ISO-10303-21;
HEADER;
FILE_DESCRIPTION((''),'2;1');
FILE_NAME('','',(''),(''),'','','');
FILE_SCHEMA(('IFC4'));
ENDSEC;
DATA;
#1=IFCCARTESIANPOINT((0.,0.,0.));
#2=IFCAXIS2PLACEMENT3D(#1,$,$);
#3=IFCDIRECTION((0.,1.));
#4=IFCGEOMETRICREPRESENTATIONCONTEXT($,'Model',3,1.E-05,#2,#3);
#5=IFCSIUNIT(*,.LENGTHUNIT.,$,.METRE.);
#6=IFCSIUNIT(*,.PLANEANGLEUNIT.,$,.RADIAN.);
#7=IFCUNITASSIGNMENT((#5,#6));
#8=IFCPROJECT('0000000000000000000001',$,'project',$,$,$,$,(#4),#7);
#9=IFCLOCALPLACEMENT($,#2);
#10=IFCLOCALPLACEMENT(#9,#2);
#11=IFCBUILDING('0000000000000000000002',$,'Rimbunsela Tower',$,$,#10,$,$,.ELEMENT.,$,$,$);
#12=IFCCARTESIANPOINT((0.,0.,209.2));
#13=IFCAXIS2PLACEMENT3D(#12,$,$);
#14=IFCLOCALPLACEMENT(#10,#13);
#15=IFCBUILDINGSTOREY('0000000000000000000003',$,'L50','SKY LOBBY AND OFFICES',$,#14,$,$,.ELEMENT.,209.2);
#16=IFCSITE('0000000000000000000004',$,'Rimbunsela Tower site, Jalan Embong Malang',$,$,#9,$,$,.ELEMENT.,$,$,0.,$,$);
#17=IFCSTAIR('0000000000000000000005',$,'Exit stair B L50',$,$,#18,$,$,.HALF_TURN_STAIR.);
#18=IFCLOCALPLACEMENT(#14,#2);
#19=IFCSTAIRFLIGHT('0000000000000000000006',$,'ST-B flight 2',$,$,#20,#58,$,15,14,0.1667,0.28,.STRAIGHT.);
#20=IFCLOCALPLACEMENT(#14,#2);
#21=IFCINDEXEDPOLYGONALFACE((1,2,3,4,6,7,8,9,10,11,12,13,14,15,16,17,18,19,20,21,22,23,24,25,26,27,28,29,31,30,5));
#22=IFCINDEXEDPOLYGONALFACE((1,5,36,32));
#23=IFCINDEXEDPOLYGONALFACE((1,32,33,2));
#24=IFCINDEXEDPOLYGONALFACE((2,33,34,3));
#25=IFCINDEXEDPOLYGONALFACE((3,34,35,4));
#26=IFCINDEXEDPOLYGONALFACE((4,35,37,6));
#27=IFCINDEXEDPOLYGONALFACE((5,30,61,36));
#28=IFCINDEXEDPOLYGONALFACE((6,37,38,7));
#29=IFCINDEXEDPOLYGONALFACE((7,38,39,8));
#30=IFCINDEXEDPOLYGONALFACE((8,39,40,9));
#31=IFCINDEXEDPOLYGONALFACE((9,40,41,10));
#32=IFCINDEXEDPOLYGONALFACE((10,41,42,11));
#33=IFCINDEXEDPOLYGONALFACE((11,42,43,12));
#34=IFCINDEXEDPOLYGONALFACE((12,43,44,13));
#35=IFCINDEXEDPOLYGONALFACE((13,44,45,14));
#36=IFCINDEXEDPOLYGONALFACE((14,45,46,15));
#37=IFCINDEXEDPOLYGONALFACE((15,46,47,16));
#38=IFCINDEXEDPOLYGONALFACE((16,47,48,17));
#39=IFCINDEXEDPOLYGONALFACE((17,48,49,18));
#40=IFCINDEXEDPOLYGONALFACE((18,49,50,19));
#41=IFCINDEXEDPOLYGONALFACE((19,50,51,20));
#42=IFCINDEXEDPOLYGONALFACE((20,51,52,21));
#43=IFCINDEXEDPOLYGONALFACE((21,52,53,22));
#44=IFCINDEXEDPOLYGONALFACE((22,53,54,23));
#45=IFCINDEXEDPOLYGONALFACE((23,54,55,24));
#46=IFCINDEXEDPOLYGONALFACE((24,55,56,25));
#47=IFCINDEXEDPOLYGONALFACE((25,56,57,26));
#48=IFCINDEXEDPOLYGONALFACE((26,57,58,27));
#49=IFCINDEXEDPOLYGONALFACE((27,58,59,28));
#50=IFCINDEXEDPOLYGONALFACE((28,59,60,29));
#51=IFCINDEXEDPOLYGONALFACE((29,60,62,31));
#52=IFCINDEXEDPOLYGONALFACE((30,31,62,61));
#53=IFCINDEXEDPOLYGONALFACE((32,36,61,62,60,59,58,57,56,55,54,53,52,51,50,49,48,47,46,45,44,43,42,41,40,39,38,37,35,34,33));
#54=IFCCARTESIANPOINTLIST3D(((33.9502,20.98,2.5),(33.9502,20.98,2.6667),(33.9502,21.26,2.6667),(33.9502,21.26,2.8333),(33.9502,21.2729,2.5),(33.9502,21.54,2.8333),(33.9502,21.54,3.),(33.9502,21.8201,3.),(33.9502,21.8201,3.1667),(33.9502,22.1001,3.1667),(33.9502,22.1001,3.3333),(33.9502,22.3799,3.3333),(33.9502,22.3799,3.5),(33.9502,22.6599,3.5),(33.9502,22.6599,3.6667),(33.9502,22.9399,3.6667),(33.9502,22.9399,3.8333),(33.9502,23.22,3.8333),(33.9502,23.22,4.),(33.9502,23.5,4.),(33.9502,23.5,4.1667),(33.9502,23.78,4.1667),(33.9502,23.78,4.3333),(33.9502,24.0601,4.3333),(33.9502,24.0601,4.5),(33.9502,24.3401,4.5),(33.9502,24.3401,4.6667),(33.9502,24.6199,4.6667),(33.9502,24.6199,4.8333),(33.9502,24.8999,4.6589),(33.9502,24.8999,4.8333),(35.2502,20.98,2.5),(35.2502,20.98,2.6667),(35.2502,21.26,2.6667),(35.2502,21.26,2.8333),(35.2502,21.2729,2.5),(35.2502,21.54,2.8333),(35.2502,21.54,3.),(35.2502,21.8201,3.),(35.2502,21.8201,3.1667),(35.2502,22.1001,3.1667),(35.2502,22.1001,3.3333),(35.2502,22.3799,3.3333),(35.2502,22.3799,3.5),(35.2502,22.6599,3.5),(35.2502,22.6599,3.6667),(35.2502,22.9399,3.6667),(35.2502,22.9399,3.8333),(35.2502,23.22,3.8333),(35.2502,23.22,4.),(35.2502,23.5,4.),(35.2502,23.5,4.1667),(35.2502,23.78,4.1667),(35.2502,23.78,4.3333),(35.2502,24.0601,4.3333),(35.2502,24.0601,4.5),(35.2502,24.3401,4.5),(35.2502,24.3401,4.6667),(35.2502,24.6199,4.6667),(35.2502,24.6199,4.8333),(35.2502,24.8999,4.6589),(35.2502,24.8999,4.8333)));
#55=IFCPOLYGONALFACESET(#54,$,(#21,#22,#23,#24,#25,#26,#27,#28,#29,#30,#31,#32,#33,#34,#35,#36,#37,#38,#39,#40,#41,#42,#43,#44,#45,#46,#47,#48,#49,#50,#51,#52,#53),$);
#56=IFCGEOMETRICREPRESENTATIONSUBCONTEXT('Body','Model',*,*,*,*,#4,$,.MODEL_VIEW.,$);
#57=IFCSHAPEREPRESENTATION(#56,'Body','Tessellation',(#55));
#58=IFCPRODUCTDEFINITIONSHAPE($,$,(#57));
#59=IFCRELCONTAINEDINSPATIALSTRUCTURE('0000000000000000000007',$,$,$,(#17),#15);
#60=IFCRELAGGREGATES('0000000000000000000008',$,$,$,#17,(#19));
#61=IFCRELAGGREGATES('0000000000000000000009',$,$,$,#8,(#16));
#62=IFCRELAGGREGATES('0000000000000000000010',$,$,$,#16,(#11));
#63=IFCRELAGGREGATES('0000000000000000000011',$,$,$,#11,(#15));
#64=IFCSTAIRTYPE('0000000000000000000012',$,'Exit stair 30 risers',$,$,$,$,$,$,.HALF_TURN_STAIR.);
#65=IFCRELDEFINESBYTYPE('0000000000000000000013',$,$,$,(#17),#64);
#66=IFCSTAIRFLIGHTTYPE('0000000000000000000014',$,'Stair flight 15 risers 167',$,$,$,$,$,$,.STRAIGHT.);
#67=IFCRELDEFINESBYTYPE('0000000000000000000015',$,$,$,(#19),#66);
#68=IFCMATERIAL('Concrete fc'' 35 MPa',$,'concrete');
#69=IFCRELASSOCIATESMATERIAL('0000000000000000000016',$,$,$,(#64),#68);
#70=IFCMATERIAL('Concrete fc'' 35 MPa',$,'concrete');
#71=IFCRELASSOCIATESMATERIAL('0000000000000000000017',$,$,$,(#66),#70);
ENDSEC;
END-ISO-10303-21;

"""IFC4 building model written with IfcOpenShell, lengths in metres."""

from ifc_helpers import new_model, si_unit, direction, frame, origin, place, context, subcontext, project, spatial, polyline, outline, extrude, material, type_object, element, aggregate, save


model = new_model("IFC4")

# Units and contexts
model_context = context("Model", 3, precision=1e-05, world=origin(), true_north=direction((0.0, 1.0)))
body_context = subcontext(model_context, "Body", "Model", "MODEL_VIEW")
ifc_project = project(units=[si_unit("LENGTHUNIT", "METRE"), si_unit("PLANEANGLEUNIT", "RADIAN")], contexts=[model_context])

# Site, building, storey
site_placement = place(None, origin())
site = spatial("IfcSite", under=ifc_project, at=site_placement, Name="Rimbunsela Tower site, Jalan Embong Malang", CompositionType="ELEMENT", RefElevation=0.0)
building_placement = place(site_placement, origin())
building = spatial("IfcBuilding", under=site, at=building_placement, Name="Rimbunsela Tower", CompositionType="ELEMENT")
storey_placement = place(building_placement, frame((0.0, 0.0, 209.2)))
storey = spatial("IfcBuildingStorey", under=building, at=storey_placement, Name="L50", Description="SKY LOBBY AND OFFICES", CompositionType="ELEMENT", Elevation=209.2)

# Stair, stair flight
ifc_material_1 = material(Name="Concrete fc' 35 MPa", Category="concrete")
stair_type = type_object("IfcStairType", Name="Exit stair 30 risers", PredefinedType="HALF_TURN_STAIR", material=ifc_material_1)
ifc_material_2 = material(Name="Concrete fc' 35 MPa", Category="concrete")
stair_flight_type = type_object("IfcStairFlightType", Name="Stair flight 15 risers 167", PredefinedType="STRAIGHT", material=ifc_material_2)
stair_1_placement = place(storey_placement, origin())
stair_1 = element("IfcStair", 1, at=stair_1_placement, inside=storey, type_object=stair_type, Name="Exit stair B L50", PredefinedType="HALF_TURN_STAIR")
stair_flight_1_placement = place(storey_placement, frame((34.6001, 20.98, 2.5), z_axis=(0.0, 0.0, 1.0), x_axis=(0.0, 1.0, 0.0)))
stair_flight_1 = element("IfcStairFlight", 2, at=stair_flight_1_placement, type_object=stair_flight_type, Name="ST-B flight 2", NumberOfRisers=15, NumberOfTreads=14, PredefinedType="STRAIGHT", RiserHeight=0.1667, TreadLength=0.28, context=body_context, shape_type="SweptSolid", body=[
    extrude(outline(polyline([(0.0, 0.0), (0.0, 0.1667), (0.28, 0.1667), (0.28, 0.3333), (0.5601, 0.3333), (0.5601, 0.5), (0.8401, 0.5), (0.8401, 0.6667), (1.1201, 0.6667), (1.1201, 0.8333), (1.3999, 0.8333), (1.3999, 1.0), (1.6799, 1.0), (1.6799, 1.1667), (1.96, 1.1667), (1.96, 1.3333), (2.24, 1.3333), (2.24, 1.5), (2.52, 1.5), (2.52, 1.6667), (2.8, 1.6667), (2.8, 1.8333), (3.0801, 1.8333), (3.0801, 2.0), (3.3601, 2.0), (3.3601, 2.1667), (3.6399, 2.1667), (3.6399, 2.3333), (3.9199, 2.3333), (3.9199, 2.5), (3.9199, 2.1589), (0.293, 0.0), (0.0, 0.0)])), frame((0.0, 0.6499, 0.0), z_axis=(0.0, -1.0, 0.0), x_axis=(1.0, 0.0, 0.0)), (0.0, 0.0, 1.0), 1.3),
])
aggregate(stair_1, [stair_flight_1])

save(model, "model.ifc")
